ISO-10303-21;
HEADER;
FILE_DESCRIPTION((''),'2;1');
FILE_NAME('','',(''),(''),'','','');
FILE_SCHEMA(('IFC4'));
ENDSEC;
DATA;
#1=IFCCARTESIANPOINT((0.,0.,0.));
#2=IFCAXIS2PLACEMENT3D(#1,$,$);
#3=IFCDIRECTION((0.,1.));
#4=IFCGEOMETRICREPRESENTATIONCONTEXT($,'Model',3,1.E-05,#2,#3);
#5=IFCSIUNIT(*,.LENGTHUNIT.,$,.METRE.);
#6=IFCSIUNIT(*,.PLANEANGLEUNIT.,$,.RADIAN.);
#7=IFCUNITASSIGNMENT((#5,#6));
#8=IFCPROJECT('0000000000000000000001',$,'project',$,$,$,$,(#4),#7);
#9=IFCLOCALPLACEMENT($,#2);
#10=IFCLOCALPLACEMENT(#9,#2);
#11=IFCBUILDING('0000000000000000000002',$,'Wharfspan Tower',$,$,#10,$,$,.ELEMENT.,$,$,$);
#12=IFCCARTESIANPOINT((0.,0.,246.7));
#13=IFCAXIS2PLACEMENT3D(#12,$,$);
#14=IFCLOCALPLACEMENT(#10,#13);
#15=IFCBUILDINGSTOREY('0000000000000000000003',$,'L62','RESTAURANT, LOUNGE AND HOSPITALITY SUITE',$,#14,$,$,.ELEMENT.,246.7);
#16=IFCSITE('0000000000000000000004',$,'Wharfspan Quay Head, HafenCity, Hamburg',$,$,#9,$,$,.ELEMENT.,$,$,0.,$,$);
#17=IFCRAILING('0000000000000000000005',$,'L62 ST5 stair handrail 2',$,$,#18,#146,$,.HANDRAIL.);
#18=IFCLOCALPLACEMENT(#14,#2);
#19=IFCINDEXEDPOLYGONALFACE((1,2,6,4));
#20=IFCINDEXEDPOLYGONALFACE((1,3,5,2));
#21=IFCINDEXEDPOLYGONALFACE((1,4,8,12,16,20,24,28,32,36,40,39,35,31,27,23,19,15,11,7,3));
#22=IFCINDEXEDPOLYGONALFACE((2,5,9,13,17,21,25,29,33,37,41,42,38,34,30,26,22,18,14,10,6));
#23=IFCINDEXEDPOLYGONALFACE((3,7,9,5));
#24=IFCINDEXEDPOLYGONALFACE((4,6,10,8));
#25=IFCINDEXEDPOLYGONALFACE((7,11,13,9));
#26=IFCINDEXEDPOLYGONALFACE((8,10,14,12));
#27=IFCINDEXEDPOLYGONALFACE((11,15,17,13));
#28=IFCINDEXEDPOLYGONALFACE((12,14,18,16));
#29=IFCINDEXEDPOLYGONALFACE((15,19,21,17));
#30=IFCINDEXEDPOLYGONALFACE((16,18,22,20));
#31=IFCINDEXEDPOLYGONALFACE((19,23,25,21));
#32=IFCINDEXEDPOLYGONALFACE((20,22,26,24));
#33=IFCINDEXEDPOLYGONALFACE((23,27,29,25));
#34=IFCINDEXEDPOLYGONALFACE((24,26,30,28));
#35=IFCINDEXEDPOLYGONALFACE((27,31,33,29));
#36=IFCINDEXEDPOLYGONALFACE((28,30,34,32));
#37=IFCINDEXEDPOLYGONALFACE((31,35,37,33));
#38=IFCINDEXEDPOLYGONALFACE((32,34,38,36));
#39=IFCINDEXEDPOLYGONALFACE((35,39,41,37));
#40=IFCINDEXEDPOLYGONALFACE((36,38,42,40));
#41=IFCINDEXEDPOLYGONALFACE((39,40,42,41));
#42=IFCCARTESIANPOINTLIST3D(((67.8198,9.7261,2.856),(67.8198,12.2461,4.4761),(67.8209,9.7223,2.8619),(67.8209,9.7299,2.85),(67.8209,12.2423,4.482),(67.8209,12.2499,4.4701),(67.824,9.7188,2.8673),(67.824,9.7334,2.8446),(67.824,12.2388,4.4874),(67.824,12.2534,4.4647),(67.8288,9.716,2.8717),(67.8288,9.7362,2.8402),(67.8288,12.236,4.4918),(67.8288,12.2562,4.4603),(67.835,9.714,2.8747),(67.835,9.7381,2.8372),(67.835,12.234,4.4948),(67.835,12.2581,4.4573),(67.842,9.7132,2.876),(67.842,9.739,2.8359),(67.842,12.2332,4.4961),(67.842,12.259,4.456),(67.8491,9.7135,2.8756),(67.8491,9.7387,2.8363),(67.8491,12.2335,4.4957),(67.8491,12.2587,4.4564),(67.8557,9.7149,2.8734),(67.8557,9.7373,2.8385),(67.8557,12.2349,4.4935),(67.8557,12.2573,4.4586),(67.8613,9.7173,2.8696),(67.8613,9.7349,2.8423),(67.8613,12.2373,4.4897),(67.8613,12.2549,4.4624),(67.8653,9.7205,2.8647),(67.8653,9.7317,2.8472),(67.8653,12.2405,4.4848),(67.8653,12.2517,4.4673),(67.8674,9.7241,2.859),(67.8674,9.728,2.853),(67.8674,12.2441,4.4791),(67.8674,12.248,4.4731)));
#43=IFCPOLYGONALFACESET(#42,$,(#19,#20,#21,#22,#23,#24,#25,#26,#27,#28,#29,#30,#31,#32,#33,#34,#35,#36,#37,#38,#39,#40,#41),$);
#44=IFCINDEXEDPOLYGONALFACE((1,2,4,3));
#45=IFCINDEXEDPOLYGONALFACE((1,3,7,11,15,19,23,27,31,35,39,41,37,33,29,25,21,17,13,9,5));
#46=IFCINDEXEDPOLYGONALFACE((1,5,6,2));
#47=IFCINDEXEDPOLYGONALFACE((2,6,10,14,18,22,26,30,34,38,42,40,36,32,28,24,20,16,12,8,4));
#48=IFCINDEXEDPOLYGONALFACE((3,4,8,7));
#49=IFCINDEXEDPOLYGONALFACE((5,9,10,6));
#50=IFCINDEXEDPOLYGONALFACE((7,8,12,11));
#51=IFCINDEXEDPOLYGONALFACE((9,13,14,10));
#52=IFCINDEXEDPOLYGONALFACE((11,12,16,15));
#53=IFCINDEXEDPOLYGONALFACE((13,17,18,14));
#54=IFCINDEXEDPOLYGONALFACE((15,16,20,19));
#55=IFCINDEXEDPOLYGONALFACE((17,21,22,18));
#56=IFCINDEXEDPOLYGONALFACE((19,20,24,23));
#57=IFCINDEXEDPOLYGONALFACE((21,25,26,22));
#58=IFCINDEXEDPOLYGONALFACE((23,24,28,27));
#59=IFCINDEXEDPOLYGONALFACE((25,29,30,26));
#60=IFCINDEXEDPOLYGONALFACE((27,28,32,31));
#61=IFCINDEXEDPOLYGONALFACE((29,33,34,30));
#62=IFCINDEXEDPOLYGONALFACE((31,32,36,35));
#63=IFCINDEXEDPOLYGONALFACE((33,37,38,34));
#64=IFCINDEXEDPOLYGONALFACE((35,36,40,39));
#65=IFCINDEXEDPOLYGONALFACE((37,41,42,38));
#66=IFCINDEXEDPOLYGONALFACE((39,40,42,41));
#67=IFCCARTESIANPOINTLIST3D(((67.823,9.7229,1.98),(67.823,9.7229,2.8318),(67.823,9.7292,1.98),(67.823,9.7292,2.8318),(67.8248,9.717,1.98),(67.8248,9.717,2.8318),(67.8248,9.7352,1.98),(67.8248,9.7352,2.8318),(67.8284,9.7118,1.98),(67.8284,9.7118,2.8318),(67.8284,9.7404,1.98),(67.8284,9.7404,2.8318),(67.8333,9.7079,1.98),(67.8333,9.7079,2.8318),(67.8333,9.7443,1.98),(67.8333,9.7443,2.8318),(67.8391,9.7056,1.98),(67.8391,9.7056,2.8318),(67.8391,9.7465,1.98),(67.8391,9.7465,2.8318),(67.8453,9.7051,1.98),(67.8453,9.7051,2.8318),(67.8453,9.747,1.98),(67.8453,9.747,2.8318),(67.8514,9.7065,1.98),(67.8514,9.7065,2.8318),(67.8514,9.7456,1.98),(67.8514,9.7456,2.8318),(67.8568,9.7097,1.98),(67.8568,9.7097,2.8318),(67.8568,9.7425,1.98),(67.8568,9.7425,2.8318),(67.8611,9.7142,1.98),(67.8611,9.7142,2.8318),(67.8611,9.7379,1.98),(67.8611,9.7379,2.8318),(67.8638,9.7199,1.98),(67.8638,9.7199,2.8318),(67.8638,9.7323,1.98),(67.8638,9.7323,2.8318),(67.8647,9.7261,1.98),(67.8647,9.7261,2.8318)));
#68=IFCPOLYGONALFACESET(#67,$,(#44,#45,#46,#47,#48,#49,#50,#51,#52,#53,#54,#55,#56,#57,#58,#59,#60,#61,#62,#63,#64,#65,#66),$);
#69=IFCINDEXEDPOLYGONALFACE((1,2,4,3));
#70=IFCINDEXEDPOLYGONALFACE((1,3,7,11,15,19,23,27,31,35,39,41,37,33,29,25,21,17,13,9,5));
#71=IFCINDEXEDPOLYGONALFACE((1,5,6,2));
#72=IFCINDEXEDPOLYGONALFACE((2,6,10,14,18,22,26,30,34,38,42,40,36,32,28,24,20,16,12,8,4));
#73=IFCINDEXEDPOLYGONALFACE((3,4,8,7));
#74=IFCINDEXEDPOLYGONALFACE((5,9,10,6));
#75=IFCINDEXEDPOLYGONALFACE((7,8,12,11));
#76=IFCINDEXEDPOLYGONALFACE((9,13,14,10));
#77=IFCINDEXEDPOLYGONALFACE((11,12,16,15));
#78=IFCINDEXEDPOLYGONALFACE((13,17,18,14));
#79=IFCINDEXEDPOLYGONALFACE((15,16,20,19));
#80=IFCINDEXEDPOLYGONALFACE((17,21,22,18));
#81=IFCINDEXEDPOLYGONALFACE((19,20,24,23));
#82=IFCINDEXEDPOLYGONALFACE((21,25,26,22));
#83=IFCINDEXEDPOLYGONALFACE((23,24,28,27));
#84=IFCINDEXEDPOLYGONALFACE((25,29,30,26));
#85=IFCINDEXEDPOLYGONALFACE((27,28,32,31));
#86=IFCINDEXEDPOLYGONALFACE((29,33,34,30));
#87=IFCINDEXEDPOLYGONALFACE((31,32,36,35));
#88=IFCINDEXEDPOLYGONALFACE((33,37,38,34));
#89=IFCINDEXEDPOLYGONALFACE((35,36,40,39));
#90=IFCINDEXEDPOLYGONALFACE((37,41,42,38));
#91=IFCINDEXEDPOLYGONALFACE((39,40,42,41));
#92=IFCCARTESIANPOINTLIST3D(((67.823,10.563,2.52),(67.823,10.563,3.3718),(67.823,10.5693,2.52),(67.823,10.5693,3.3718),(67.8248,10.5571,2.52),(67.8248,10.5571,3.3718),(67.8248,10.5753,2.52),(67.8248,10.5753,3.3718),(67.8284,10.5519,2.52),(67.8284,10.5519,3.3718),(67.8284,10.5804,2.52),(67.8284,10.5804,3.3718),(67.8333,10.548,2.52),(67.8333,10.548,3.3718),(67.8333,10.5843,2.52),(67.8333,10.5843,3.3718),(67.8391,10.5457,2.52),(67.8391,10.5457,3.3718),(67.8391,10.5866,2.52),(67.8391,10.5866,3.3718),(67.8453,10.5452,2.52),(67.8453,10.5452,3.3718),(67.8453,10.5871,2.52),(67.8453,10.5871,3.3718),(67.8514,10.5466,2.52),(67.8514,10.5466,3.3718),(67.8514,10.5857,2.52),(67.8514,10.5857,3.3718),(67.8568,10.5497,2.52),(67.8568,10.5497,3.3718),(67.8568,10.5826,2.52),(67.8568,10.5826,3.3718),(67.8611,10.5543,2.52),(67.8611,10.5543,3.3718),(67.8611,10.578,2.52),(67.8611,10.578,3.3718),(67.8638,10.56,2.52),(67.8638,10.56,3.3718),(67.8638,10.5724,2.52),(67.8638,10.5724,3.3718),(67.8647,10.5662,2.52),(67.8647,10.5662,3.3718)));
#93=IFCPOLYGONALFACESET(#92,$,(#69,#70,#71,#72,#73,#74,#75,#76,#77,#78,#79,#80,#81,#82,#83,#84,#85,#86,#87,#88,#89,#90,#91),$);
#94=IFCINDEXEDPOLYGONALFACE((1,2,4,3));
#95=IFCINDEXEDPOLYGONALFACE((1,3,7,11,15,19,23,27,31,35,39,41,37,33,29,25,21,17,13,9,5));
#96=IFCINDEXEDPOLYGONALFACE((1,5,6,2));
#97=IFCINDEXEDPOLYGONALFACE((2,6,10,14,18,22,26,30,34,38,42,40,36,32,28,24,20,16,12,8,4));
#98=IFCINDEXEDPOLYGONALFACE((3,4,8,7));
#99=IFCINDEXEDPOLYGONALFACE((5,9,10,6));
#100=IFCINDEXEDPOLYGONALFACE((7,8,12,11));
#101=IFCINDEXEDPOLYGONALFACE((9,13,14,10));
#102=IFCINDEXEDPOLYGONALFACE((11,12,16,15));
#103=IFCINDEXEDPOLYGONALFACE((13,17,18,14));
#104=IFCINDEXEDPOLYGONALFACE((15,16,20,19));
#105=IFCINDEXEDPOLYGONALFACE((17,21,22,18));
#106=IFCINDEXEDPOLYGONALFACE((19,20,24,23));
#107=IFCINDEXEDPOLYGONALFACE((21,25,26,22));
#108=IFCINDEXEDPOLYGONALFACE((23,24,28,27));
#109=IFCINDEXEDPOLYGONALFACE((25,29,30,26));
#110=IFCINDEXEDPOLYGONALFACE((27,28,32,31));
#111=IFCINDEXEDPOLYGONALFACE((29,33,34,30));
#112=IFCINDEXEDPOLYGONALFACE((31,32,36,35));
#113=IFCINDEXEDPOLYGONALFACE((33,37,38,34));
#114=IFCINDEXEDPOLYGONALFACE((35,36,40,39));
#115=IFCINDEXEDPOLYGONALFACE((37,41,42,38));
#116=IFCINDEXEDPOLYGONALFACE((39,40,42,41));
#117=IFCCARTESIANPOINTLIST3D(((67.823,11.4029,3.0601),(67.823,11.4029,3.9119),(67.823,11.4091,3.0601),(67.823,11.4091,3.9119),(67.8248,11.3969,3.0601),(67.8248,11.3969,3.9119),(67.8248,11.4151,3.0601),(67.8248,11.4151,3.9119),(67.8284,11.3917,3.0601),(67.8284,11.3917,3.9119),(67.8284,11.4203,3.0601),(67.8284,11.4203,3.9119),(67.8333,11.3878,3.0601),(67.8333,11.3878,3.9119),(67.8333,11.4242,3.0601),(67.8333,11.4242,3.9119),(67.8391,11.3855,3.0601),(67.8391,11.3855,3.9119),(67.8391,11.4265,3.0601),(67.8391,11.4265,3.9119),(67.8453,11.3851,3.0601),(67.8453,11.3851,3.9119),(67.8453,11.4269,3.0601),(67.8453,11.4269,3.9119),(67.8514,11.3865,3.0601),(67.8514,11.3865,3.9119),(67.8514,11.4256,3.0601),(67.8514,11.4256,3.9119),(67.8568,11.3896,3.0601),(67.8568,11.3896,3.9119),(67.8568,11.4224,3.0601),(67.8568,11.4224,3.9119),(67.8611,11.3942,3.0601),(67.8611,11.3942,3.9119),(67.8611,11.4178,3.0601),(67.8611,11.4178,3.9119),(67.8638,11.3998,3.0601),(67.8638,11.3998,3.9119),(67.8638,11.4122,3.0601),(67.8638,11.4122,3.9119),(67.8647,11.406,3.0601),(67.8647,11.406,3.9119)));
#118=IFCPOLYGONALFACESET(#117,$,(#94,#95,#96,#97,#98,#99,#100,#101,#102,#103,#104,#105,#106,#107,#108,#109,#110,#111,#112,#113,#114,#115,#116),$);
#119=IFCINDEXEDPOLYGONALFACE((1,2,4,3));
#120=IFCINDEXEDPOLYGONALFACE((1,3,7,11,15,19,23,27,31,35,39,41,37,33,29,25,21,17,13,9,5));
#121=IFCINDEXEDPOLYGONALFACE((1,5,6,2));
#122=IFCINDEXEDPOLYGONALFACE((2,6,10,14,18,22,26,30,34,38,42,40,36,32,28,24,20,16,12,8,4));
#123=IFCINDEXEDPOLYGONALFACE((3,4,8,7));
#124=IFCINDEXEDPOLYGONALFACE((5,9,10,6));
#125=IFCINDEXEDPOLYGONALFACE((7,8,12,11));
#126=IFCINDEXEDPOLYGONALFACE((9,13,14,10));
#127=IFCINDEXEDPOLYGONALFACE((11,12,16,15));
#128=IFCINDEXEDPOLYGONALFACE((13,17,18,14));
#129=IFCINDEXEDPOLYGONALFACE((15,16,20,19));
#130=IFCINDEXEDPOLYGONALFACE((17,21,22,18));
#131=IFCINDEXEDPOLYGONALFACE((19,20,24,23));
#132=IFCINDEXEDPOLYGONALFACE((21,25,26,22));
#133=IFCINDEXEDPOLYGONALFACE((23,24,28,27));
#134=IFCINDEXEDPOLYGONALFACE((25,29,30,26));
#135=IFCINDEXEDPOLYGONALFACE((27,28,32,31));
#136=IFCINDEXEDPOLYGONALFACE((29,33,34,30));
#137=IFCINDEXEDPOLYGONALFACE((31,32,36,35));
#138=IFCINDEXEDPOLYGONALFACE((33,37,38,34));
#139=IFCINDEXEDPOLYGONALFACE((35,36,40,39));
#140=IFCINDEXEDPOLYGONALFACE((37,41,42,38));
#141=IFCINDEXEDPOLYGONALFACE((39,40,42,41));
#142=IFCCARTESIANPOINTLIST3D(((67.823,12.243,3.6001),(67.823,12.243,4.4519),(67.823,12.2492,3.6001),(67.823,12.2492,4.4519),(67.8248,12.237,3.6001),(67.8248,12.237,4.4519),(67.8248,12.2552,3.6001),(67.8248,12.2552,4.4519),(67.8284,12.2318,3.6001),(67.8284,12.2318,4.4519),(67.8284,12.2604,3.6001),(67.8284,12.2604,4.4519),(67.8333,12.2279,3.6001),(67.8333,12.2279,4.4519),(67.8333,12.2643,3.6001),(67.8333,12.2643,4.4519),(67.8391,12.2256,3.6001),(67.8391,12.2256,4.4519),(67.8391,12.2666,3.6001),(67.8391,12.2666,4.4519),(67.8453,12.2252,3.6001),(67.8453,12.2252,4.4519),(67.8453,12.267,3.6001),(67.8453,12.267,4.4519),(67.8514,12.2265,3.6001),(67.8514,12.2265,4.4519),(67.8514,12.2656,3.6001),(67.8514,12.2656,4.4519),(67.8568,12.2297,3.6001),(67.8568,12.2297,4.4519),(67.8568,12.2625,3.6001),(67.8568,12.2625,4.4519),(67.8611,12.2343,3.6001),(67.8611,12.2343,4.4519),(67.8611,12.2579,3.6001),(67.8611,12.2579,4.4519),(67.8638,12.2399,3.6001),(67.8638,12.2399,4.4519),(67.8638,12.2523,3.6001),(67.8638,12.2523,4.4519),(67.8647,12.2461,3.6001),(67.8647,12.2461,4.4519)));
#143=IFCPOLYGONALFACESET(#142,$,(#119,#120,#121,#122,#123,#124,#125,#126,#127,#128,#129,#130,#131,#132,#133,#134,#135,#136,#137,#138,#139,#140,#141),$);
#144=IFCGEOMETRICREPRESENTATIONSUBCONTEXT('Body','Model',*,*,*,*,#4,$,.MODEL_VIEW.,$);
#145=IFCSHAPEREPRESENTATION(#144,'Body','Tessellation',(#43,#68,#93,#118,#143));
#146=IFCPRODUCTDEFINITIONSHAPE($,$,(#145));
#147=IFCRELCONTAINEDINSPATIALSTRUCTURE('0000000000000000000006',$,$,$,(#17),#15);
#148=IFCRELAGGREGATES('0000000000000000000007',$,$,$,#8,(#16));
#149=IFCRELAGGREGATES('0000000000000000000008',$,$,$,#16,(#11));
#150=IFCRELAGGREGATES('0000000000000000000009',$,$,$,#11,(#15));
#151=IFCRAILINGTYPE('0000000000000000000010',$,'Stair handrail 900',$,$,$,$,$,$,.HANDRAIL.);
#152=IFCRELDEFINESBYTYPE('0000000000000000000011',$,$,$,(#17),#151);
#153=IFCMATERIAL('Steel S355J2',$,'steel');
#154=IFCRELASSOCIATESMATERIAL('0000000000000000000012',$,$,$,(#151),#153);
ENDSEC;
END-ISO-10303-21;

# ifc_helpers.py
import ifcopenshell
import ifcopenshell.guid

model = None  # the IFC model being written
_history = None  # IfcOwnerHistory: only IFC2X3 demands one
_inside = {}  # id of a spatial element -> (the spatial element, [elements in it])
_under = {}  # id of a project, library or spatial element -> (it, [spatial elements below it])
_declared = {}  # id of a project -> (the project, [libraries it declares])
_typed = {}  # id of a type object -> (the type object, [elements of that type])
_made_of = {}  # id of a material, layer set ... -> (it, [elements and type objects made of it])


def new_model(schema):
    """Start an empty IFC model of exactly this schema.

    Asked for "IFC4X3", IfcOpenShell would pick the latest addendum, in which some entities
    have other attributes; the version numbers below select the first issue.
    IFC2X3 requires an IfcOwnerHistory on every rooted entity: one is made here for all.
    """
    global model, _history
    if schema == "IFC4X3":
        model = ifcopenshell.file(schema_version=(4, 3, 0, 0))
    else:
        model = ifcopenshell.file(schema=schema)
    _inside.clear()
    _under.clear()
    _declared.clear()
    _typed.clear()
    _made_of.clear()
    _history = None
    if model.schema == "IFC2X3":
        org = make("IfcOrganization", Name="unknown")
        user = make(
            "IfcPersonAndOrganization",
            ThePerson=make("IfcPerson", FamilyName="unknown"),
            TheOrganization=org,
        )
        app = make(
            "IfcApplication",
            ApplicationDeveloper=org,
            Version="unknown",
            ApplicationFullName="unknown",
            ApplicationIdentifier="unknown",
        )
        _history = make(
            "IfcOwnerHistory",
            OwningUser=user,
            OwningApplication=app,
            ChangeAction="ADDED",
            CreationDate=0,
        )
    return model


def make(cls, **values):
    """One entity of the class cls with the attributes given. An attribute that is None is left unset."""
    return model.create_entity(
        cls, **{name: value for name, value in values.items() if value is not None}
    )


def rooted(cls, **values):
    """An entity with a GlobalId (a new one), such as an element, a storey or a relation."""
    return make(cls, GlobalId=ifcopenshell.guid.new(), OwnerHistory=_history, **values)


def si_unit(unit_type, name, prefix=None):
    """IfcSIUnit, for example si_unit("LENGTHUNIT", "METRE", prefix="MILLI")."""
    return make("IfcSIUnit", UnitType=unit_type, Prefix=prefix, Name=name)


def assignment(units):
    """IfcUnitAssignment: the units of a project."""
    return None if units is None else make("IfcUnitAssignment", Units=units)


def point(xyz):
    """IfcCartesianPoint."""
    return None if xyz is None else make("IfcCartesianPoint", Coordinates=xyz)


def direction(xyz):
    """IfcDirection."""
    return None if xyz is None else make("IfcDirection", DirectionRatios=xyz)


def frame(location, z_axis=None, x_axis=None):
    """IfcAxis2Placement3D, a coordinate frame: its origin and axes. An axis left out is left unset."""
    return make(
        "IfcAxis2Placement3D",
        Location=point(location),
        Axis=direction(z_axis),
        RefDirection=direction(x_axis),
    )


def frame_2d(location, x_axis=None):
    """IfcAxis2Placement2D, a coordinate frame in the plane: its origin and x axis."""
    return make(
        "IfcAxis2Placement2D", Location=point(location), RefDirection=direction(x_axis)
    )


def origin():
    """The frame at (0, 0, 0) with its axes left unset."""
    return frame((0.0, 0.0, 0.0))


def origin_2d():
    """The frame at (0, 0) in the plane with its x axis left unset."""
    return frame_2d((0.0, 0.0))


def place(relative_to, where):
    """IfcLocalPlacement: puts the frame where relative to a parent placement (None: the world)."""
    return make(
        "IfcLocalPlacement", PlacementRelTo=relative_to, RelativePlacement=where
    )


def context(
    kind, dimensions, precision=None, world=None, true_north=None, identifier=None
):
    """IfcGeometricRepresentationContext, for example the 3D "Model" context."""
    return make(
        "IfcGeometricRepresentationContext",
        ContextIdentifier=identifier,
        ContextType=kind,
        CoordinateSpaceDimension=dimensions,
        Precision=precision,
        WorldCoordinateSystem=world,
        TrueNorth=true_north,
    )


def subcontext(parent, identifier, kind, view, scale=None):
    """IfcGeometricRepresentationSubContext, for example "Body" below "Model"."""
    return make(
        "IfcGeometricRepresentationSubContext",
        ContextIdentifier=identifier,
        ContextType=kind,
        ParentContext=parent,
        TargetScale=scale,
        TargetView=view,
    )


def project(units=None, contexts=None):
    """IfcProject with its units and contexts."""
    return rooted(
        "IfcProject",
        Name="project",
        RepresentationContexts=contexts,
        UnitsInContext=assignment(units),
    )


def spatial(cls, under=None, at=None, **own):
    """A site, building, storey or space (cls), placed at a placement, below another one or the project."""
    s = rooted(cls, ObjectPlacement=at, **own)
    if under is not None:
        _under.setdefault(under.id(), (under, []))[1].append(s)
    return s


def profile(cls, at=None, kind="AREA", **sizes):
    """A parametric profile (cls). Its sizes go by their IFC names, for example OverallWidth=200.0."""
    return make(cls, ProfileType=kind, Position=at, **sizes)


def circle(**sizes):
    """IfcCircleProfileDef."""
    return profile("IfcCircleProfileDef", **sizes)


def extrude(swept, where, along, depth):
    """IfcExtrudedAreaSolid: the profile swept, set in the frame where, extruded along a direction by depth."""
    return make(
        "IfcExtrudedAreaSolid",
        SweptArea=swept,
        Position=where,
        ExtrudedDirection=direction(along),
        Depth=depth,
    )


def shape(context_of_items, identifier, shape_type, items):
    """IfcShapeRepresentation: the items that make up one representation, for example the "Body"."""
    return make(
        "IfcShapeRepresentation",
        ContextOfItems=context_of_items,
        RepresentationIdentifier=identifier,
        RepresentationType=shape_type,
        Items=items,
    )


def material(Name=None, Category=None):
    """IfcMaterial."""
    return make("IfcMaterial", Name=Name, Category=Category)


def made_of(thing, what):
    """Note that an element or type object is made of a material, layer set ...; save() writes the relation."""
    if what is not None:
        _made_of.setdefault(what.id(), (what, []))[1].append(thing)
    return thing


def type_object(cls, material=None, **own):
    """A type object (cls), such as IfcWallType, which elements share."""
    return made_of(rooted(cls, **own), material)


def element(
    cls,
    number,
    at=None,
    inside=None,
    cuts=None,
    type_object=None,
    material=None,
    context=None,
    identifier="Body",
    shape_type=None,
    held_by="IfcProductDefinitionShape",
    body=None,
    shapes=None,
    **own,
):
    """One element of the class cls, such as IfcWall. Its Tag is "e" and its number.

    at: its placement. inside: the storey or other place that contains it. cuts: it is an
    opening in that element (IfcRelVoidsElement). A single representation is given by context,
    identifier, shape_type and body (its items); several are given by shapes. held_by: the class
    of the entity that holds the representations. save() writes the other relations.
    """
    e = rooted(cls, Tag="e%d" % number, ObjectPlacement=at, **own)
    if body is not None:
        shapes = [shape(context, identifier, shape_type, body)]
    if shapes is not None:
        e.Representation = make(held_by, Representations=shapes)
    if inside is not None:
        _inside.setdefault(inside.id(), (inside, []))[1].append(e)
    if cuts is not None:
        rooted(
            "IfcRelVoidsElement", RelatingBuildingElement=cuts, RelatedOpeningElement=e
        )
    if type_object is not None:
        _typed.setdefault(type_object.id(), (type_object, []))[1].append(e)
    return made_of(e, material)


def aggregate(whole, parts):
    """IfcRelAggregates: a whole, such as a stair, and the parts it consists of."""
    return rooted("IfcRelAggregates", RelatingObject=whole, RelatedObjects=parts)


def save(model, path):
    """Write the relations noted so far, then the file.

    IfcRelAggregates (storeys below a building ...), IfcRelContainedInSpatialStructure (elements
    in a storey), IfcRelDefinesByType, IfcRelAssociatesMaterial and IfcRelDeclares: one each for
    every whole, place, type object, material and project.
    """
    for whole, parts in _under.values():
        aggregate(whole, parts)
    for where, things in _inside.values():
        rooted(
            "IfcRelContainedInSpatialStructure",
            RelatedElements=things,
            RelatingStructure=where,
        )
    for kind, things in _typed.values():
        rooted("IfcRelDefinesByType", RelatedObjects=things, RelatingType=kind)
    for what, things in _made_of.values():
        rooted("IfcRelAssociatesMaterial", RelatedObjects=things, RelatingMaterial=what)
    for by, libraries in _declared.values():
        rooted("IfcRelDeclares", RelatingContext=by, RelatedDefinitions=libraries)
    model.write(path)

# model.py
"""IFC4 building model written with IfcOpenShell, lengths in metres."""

from ifc_helpers import new_model, si_unit, direction, frame, origin, origin_2d, place, context, subcontext, project, spatial, circle, extrude, material, type_object, element, save


model = new_model("IFC4")

# Units and contexts
model_context = context("Model", 3, precision=1e-05, world=origin(), true_north=direction((0.0, 1.0)))
body_context = subcontext(model_context, "Body", "Model", "MODEL_VIEW")
ifc_project = project(units=[si_unit("LENGTHUNIT", "METRE"), si_unit("PLANEANGLEUNIT", "RADIAN")], contexts=[model_context])

# Site, building, storey
site_placement = place(None, origin())
site = spatial("IfcSite", under=ifc_project, at=site_placement, Name="Wharfspan Quay Head, HafenCity, Hamburg", CompositionType="ELEMENT", RefElevation=0.0)
building_placement = place(site_placement, origin())
building = spatial("IfcBuilding", under=site, at=building_placement, Name="Wharfspan Tower", CompositionType="ELEMENT")
storey_placement = place(building_placement, frame((0.0, 0.0, 246.7)))
storey = spatial("IfcBuildingStorey", under=building, at=storey_placement, Name="L62", Description="RESTAURANT, LOUNGE AND HOSPITALITY SUITE", CompositionType="ELEMENT", Elevation=246.7)

# Shared definitions
ifc_material_1 = material(Name="Steel S355J2", Category="steel")

# Railing
railing_type_1 = type_object("IfcRailingType", Name="Stair handrail 900", PredefinedType="HANDRAIL", material=ifc_material_1)
railing_1_placement = place(storey_placement, frame((67.8438, 9.7261, 1.98)))
element("IfcRailing", 1, at=railing_1_placement, inside=storey, type_object=railing_type_1, Name="L62 ST5 stair handrail 2", PredefinedType="HANDRAIL", context=body_context, shape_type="SweptSolid", body=[
    extrude(circle(Radius=0.0239, at=origin_2d()), frame((0.0, 0.0, 0.876), z_axis=(0.0, 0.841163, 0.540782), x_axis=(-1.0, 0.0, 0.0)), (0.0, 0.0, 1.0), 2.9958),
    extrude(circle(Radius=0.021, at=origin_2d()), origin(), (0.0, 0.0, 1.0), 0.8518),
    extrude(circle(Radius=0.021, at=origin_2d()), frame((0.0, 0.8401, 0.54)), (0.0, 0.0, 1.0), 0.8518),
    extrude(circle(Radius=0.021, at=origin_2d()), frame((0.0, 1.6799, 1.0801)), (0.0, 0.0, 1.0), 0.8518),
    extrude(circle(Radius=0.021, at=origin_2d()), frame((0.0, 2.52, 1.6201)), (0.0, 0.0, 1.0), 0.8518),
])

save(model, "model.ifc")
